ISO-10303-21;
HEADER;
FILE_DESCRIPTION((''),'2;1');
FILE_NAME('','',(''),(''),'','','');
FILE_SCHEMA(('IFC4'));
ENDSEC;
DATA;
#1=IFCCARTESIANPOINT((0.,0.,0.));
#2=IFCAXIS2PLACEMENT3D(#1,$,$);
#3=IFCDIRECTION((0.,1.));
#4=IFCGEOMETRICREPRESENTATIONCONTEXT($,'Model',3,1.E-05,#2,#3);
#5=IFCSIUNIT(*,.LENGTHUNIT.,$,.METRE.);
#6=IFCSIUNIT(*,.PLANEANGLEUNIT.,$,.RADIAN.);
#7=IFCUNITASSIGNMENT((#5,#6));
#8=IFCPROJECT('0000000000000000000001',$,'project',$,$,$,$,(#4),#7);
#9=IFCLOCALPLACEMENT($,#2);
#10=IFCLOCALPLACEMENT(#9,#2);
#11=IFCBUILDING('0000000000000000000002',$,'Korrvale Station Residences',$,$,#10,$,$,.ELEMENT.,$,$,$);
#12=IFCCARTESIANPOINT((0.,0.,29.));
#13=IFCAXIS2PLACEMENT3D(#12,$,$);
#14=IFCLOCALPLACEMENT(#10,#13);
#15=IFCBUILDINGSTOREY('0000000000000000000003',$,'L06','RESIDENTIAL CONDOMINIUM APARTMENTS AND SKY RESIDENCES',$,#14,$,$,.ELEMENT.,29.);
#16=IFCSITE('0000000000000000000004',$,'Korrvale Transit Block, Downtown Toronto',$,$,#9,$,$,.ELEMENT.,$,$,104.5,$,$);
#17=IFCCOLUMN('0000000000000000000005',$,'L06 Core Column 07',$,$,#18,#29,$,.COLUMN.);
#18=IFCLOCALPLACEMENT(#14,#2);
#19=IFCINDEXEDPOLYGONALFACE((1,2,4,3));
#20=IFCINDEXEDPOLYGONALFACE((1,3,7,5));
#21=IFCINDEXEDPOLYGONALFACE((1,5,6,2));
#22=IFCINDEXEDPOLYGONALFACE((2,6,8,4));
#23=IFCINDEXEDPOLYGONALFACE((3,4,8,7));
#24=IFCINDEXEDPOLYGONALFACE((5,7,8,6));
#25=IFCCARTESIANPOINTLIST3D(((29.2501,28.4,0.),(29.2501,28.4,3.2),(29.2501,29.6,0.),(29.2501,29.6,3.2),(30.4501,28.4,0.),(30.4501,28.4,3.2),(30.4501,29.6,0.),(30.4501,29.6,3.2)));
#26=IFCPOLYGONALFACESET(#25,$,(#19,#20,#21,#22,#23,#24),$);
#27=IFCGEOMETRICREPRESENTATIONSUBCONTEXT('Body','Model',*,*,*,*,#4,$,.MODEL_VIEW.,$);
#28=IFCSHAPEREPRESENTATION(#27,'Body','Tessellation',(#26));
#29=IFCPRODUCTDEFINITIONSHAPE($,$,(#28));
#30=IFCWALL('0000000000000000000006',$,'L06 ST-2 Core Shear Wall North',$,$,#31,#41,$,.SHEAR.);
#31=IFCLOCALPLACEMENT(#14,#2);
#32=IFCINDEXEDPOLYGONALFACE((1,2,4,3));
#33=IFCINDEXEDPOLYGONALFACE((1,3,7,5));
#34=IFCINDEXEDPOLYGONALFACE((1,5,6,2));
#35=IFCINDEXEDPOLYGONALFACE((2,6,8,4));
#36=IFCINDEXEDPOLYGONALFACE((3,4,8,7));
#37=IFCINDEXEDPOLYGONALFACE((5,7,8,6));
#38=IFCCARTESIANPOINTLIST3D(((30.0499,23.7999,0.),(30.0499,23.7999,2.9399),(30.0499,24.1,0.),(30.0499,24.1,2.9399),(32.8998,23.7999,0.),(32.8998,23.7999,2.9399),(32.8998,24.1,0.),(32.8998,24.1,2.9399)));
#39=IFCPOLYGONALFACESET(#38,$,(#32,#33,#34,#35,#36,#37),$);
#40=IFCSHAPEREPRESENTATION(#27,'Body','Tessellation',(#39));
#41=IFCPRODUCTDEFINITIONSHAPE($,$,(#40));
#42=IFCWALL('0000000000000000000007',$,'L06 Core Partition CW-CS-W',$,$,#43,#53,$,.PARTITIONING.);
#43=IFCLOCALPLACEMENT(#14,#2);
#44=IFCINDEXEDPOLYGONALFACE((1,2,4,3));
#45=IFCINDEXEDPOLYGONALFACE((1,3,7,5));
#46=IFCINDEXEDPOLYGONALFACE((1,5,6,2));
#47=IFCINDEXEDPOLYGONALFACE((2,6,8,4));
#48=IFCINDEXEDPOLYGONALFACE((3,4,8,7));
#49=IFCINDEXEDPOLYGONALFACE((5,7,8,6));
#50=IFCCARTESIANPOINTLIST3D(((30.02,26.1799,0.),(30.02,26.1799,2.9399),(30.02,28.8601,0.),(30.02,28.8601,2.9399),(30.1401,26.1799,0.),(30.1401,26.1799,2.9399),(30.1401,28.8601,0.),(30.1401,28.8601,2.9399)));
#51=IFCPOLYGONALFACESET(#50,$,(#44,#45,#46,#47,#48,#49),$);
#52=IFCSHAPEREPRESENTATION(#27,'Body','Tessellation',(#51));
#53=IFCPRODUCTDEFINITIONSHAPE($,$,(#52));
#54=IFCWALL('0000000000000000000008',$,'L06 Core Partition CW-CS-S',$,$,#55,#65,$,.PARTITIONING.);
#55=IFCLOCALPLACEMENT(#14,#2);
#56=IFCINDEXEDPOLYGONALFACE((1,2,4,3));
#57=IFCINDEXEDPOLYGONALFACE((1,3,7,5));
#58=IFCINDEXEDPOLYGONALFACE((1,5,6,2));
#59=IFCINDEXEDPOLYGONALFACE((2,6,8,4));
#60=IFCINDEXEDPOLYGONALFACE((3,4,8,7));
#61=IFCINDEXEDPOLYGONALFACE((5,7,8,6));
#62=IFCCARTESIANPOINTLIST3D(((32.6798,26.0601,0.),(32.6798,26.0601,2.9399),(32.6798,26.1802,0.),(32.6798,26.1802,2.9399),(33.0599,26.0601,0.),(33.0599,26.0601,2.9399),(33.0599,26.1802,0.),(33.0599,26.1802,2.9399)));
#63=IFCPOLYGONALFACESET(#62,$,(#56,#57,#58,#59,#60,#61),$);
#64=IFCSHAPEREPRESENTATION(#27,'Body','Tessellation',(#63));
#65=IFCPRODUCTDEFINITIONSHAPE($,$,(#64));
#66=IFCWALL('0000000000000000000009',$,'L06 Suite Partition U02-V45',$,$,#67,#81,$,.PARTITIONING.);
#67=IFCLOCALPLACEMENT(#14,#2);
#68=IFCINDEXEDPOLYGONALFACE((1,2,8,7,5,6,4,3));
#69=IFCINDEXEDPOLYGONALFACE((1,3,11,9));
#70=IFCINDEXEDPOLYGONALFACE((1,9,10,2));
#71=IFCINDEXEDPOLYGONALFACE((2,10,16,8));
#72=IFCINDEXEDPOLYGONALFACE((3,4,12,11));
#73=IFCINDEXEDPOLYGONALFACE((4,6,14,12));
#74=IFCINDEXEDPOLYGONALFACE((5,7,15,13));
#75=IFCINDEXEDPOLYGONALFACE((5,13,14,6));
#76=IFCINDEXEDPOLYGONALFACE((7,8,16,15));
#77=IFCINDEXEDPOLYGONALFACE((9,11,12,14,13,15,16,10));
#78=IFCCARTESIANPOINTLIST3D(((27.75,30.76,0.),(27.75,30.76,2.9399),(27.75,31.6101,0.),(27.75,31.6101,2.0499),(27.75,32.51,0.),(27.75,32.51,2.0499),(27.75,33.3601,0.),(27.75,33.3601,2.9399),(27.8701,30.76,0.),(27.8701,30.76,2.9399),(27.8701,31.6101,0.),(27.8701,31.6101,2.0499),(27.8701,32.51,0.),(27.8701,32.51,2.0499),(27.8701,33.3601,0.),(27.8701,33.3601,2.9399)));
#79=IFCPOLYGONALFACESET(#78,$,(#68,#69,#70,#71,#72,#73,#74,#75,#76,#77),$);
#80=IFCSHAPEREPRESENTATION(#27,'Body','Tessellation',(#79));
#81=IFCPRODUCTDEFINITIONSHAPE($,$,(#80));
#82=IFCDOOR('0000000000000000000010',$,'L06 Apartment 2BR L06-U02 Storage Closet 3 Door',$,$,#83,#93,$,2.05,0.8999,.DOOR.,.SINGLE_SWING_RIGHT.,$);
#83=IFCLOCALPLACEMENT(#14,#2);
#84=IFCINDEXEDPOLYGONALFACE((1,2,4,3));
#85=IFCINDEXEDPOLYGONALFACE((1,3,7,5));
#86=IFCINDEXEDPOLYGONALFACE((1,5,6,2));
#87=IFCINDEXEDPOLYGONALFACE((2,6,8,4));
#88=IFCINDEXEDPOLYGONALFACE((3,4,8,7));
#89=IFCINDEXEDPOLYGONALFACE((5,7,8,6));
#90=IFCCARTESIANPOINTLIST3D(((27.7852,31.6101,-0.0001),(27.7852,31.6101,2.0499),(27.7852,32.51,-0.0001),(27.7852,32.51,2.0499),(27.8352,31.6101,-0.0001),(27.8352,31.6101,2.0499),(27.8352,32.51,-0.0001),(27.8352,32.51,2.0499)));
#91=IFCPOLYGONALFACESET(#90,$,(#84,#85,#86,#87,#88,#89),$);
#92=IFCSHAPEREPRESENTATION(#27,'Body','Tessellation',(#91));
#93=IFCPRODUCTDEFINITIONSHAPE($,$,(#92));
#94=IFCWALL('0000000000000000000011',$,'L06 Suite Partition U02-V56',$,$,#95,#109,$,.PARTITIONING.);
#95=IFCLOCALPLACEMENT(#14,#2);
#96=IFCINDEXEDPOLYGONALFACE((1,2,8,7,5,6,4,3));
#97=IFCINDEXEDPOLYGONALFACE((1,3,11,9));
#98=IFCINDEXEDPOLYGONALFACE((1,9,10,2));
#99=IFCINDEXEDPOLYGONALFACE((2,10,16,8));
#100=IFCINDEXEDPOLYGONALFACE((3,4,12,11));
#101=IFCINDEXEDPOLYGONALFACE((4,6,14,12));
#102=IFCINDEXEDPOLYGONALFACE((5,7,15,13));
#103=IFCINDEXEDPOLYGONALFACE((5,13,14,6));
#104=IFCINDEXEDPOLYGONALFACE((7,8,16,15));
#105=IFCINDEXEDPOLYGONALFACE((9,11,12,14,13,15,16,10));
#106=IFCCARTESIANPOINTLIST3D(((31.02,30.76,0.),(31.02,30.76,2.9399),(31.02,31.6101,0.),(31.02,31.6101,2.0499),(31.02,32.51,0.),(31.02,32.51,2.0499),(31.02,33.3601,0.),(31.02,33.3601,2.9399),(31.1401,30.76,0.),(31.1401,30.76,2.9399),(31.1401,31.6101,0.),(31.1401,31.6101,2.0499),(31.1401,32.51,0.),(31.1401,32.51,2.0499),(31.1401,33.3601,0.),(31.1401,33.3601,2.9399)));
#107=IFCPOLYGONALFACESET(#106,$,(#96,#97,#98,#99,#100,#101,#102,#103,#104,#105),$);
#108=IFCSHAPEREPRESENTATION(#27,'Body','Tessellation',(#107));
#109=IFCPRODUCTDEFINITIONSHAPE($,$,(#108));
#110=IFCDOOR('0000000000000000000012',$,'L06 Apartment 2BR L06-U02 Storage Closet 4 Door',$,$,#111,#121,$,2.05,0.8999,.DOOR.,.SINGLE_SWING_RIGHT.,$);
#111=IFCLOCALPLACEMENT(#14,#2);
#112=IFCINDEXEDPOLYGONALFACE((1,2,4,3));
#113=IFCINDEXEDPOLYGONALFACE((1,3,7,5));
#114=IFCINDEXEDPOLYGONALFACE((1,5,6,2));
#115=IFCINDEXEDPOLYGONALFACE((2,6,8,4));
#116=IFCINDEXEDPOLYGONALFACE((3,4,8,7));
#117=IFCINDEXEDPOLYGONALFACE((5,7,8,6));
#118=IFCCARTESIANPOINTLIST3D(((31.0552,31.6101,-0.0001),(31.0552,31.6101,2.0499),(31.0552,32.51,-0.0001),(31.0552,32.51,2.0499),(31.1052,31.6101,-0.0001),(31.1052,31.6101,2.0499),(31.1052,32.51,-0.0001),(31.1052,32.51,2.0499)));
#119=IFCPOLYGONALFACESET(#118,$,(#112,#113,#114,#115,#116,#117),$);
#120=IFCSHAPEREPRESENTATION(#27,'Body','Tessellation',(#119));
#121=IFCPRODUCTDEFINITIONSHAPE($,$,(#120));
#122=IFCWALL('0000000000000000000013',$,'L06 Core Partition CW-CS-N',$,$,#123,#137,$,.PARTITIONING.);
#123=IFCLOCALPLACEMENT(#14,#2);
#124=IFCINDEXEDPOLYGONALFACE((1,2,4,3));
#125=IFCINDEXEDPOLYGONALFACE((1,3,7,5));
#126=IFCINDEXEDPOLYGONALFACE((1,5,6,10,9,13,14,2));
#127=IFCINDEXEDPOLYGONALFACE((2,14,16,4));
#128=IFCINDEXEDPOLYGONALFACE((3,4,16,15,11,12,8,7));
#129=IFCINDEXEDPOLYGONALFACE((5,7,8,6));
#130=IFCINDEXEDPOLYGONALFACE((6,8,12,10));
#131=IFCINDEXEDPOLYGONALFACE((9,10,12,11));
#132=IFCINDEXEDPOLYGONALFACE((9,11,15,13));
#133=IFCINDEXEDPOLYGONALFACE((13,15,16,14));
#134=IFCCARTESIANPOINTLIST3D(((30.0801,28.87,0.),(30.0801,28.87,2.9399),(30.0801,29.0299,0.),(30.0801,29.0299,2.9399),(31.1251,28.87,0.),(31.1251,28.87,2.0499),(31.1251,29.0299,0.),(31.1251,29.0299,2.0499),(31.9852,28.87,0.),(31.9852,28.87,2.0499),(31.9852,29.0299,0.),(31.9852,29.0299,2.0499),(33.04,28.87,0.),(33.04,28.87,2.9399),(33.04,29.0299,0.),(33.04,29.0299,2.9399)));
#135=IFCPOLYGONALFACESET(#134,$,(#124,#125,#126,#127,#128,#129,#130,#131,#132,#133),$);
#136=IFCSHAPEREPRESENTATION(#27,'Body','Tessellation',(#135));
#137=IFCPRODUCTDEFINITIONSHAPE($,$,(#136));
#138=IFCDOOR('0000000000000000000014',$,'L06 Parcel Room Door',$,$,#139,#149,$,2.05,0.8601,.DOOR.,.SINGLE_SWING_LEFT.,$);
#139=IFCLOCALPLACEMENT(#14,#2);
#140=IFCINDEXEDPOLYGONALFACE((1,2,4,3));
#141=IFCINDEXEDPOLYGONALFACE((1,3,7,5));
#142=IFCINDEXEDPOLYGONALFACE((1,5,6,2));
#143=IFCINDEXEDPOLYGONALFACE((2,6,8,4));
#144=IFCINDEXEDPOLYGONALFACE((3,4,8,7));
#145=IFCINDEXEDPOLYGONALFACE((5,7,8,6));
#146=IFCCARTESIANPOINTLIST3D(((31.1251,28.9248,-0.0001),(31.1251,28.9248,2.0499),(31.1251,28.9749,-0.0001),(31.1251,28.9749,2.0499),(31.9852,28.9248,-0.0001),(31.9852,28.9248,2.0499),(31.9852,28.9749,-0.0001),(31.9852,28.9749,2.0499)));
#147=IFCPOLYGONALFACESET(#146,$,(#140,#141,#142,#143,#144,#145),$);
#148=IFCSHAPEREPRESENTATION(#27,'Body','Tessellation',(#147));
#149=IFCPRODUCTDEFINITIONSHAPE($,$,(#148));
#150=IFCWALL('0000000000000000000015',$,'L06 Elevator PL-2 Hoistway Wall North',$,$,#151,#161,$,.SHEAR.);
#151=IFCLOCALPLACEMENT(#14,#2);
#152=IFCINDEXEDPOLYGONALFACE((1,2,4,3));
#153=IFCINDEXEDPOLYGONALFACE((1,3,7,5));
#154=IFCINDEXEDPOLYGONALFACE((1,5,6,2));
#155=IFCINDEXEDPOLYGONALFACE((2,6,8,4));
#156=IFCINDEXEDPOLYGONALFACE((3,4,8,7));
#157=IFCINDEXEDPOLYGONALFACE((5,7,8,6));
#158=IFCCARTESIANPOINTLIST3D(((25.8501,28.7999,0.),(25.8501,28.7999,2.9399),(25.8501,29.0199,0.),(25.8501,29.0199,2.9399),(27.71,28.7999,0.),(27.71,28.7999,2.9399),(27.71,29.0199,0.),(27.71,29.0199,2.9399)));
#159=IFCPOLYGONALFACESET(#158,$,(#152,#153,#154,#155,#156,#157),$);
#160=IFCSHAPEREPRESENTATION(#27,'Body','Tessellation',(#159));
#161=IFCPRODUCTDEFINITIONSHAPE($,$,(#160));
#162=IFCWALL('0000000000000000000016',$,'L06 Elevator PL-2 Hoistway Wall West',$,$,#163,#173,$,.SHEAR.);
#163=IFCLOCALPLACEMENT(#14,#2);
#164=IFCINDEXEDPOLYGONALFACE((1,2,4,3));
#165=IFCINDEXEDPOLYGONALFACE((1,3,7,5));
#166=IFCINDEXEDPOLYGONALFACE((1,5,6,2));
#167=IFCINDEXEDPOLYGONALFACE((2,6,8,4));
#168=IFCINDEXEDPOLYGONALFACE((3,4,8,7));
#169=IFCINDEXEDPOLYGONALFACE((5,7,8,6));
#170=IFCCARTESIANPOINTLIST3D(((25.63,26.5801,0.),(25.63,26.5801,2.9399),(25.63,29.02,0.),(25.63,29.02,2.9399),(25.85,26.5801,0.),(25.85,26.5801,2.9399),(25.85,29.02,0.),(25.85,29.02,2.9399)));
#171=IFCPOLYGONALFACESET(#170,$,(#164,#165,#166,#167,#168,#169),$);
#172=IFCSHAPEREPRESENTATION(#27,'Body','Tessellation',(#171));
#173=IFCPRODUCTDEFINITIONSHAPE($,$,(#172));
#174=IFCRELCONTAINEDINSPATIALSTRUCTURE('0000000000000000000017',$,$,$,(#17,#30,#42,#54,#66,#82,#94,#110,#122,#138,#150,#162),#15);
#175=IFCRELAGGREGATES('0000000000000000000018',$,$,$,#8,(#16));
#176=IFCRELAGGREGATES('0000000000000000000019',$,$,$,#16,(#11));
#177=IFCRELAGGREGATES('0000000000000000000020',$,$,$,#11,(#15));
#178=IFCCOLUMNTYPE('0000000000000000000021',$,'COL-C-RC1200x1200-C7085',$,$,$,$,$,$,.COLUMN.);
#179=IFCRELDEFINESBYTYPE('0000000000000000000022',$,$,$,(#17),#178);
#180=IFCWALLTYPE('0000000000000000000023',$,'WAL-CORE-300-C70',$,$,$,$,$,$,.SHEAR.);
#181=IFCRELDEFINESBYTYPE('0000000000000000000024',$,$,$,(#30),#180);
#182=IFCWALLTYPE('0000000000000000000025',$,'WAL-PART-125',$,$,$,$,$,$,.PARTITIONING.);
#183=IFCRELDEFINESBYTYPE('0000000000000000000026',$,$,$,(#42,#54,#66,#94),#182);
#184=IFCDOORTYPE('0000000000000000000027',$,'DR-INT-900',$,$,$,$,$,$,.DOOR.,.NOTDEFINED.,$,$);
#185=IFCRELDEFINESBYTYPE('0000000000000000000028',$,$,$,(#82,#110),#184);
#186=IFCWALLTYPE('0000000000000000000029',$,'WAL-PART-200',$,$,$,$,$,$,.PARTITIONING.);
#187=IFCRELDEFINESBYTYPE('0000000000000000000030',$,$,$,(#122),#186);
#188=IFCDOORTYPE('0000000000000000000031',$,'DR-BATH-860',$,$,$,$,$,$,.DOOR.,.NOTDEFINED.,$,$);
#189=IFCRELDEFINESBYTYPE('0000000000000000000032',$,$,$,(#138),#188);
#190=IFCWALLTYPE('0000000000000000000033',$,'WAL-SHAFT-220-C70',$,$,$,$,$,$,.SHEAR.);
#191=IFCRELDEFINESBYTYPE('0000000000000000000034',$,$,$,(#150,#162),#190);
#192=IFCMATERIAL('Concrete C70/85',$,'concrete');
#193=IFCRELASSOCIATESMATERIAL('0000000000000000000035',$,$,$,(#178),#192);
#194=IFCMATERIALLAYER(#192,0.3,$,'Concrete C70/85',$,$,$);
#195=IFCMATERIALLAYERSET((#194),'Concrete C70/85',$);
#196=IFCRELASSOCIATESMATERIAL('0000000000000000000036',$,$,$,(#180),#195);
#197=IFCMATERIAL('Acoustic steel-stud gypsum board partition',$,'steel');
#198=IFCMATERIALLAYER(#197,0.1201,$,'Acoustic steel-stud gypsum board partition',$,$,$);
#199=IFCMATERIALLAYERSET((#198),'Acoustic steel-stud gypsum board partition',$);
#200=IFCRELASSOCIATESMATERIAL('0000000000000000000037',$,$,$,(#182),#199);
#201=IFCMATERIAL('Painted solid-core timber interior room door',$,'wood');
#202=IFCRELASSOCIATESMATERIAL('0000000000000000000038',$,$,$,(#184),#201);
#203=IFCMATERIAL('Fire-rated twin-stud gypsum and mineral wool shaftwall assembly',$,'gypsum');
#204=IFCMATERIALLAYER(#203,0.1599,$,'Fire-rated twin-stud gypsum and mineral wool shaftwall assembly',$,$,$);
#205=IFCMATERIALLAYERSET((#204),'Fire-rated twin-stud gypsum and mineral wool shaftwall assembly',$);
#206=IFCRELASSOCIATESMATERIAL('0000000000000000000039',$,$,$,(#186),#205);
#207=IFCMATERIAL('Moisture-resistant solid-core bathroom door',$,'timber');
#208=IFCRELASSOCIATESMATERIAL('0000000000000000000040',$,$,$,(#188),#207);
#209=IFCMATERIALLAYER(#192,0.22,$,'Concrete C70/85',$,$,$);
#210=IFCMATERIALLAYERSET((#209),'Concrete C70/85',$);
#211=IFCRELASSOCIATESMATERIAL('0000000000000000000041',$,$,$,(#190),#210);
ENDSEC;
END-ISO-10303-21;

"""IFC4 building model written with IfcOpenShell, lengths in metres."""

from ifc_helpers import new_model, si_unit, direction, frame, frame_2d, origin, origin_2d, place, context, subcontext, project, spatial, rectangle, extrude, material, layer, layer_set, material_profile, profile_set, type_object, element, fill, save


model = new_model("IFC4")

# Units and contexts
model_context = context("Model", 3, precision=1e-05, world=origin(), true_north=direction((0.0, 1.0)))
body_context = subcontext(model_context, "Body", "Model", "MODEL_VIEW")
ifc_project = project(units=[si_unit("LENGTHUNIT", "METRE"), si_unit("PLANEANGLEUNIT", "RADIAN")], contexts=[model_context])

# Site, building, storey
site_placement = place(None, origin())
site = spatial("IfcSite", under=ifc_project, at=site_placement, Name="Korrvale Transit Block, Downtown Toronto", CompositionType="ELEMENT", RefElevation=104.5)
building_placement = place(site_placement, origin())
building = spatial("IfcBuilding", under=site, at=building_placement, Name="Korrvale Station Residences", CompositionType="ELEMENT")
storey_placement = place(building_placement, frame((0.0, 0.0, 29.0)))
storey = spatial("IfcBuildingStorey", under=building, at=storey_placement, Name="L06", Description="RESIDENTIAL CONDOMINIUM APARTMENTS AND SKY RESIDENCES", CompositionType="ELEMENT", Elevation=29.0)

# Column
ifc_material_1 = material(Name="Concrete C70/85", Category="concrete")
ifc_material_profile = material_profile(ifc_material_1, rectangle(XDim=1.2, YDim=1.2, at=origin_2d()), Name="RC1200x1200")
ifc_profile_set = profile_set([ifc_material_profile], Name="Concrete C70/85")
column_type = type_object("IfcColumnType", Name="COL-C-RC1200x1200-C7085", PredefinedType="COLUMN", material=ifc_profile_set)
column_placement = place(storey_placement, frame((29.8501, 29.0, 0.0), z_axis=(0.0, 0.0, 1.0), x_axis=(1.0, 0.0, 0.0)))
element("IfcColumn", 1, at=column_placement, inside=storey, type_object=column_type, Name="L06 Core Column 07", PredefinedType="COLUMN", context=body_context, shape_type="SweptSolid", body=[
    extrude(rectangle(XDim=1.2, YDim=1.2, at=origin_2d()), origin(), (0.0, 0.0, 1.0), 3.2),
])

# Walls
ifc_layer_1 = layer(ifc_material_1, 0.3, Name="Concrete C70/85")
ifc_layer_set_1 = layer_set([ifc_layer_1], Name="Concrete C70/85")
wall_type_1 = type_object("IfcWallType", Name="WAL-CORE-300-C70", PredefinedType="SHEAR", material=ifc_layer_set_1)
wall_1_placement = place(storey_placement, frame((30.05, 23.95, 0.0), z_axis=(0.0, 0.0, 1.0), x_axis=(1.0, 0.0, 0.0)))
element("IfcWall", 2, at=wall_1_placement, inside=storey, type_object=wall_type_1, Name="L06 ST-2 Core Shear Wall North", PredefinedType="SHEAR", context=body_context, shape_type="SweptSolid", body=[
    extrude(rectangle(XDim=2.8499, YDim=0.3, at=frame_2d((1.4248, 0.0))), origin(), (0.0, 0.0, 1.0), 2.9399),
])
ifc_material_2 = material(Name="Acoustic steel-stud gypsum board partition", Category="steel")
ifc_layer_2 = layer(ifc_material_2, 0.1201, Name="Acoustic steel-stud gypsum board partition")
ifc_layer_set_2 = layer_set([ifc_layer_2], Name="Acoustic steel-stud gypsum board partition")
wall_type_2 = type_object("IfcWallType", Name="WAL-PART-125", PredefinedType="PARTITIONING", material=ifc_layer_set_2)
wall_2_placement = place(storey_placement, frame((30.0801, 26.1799, 0.0), z_axis=(0.0, 0.0, 1.0), x_axis=(0.0, 1.0, 0.0)))
element("IfcWall", 3, at=wall_2_placement, inside=storey, type_object=wall_type_2, Name="L06 Core Partition CW-CS-W", PredefinedType="PARTITIONING", context=body_context, shape_type="SweptSolid", body=[
    extrude(rectangle(XDim=2.6802, YDim=0.1201, at=frame_2d((1.3401, 0.0))), origin(), (0.0, 0.0, 1.0), 2.9399),
])
wall_3_placement = place(storey_placement, frame((32.6799, 26.1201, 0.0), z_axis=(0.0, 0.0, 1.0), x_axis=(1.0, 0.0, 0.0)))
element("IfcWall", 4, at=wall_3_placement, inside=storey, type_object=wall_type_2, Name="L06 Core Partition CW-CS-S", PredefinedType="PARTITIONING", context=body_context, shape_type="SweptSolid", body=[
    extrude(rectangle(XDim=0.3801, YDim=0.1201, at=frame_2d((0.1899, 0.0))), origin(), (0.0, 0.0, 1.0), 2.9399),
])

# Walls, openings, doors
wall_4_placement = place(storey_placement, frame((27.8101, 30.76, 0.0), z_axis=(0.0, 0.0, 1.0), x_axis=(0.0, 1.0, 0.0)))
wall_4 = element("IfcWall", 5, at=wall_4_placement, inside=storey, type_object=wall_type_2, Name="L06 Suite Partition U02-V45", PredefinedType="PARTITIONING", context=body_context, shape_type="SweptSolid", body=[
    extrude(rectangle(XDim=2.6001, YDim=0.1201, at=frame_2d((1.3, 0.0))), origin(), (0.0, 0.0, 1.0), 2.9399),
])
opening_1_placement = place(wall_4_placement, frame((0.8501, 0.0, 0.0)))
opening_1 = element("IfcOpeningElement", 6, at=opening_1_placement, cuts=wall_4, PredefinedType="OPENING", context=body_context, shape_type="SweptSolid", body=[
    extrude(rectangle(XDim=0.8999, YDim=2.05, at=frame_2d((0.45, 1.0249))), frame((0.0, 0.0701, 0.0), z_axis=(0.0, -1.0, 0.0), x_axis=(1.0, 0.0, 0.0)), (0.0, 0.0, 1.0), 0.1401),
])
ifc_material_3 = material(Name="Painted solid-core timber interior room door", Category="wood")
door_type_1 = type_object("IfcDoorType", Name="DR-INT-900", OperationType="NOTDEFINED", PredefinedType="DOOR", material=ifc_material_3)
door_1_placement = place(opening_1_placement, origin())
door_1 = element("IfcDoor", 7, at=door_1_placement, inside=storey, type_object=door_type_1, Name="L06 Apartment 2BR L06-U02 Storage Closet 3 Door", OperationType="SINGLE_SWING_RIGHT", OverallHeight=2.05, OverallWidth=0.8999, PredefinedType="DOOR", context=body_context, shape_type="SweptSolid", body=[
    extrude(rectangle(XDim=0.8999, YDim=2.05, at=frame_2d((0.45, 1.0249))), frame((0.0, 0.0249, 0.0), z_axis=(0.0, -1.0, 0.0), x_axis=(1.0, 0.0, 0.0)), (0.0, 0.0, 1.0), 0.05),
])
fill(opening_1, door_1)
wall_5_placement = place(storey_placement, frame((31.0801, 30.76, 0.0), z_axis=(0.0, 0.0, 1.0), x_axis=(0.0, 1.0, 0.0)))
wall_5 = element("IfcWall", 8, at=wall_5_placement, inside=storey, type_object=wall_type_2, Name="L06 Suite Partition U02-V56", PredefinedType="PARTITIONING", context=body_context, shape_type="SweptSolid", body=[
    extrude(rectangle(XDim=2.6001, YDim=0.1201, at=frame_2d((1.3, 0.0))), origin(), (0.0, 0.0, 1.0), 2.9399),
])
opening_2_placement = place(wall_5_placement, frame((0.8501, 0.0, 0.0)))
opening_2 = element("IfcOpeningElement", 9, at=opening_2_placement, cuts=wall_5, PredefinedType="OPENING", context=body_context, shape_type="SweptSolid", body=[
    extrude(rectangle(XDim=0.8999, YDim=2.05, at=frame_2d((0.45, 1.0249))), frame((0.0, 0.0701, 0.0), z_axis=(0.0, -1.0, 0.0), x_axis=(1.0, 0.0, 0.0)), (0.0, 0.0, 1.0), 0.1401),
])
door_2_placement = place(opening_2_placement, origin())
door_2 = element("IfcDoor", 10, at=door_2_placement, inside=storey, type_object=door_type_1, Name="L06 Apartment 2BR L06-U02 Storage Closet 4 Door", OperationType="SINGLE_SWING_RIGHT", OverallHeight=2.05, OverallWidth=0.8999, PredefinedType="DOOR", context=body_context, shape_type="SweptSolid", body=[
    extrude(rectangle(XDim=0.8999, YDim=2.05, at=frame_2d((0.45, 1.0249))), frame((0.0, 0.0249, 0.0), z_axis=(0.0, -1.0, 0.0), x_axis=(1.0, 0.0, 0.0)), (0.0, 0.0, 1.0), 0.05),
])
fill(opening_2, door_2)
ifc_material_4 = material(Name="Fire-rated twin-stud gypsum and mineral wool shaftwall assembly", Category="gypsum")
ifc_layer_3 = layer(ifc_material_4, 0.1599, Name="Fire-rated twin-stud gypsum and mineral wool shaftwall assembly")
ifc_layer_set_3 = layer_set([ifc_layer_3], Name="Fire-rated twin-stud gypsum and mineral wool shaftwall assembly")
wall_type_3 = type_object("IfcWallType", Name="WAL-PART-200", PredefinedType="PARTITIONING", material=ifc_layer_set_3)
wall_6_placement = place(storey_placement, frame((30.0801, 28.95, 0.0), z_axis=(0.0, 0.0, 1.0), x_axis=(1.0, 0.0, 0.0)))
wall_6 = element("IfcWall", 11, at=wall_6_placement, inside=storey, type_object=wall_type_3, Name="L06 Core Partition CW-CS-N", PredefinedType="PARTITIONING", context=body_context, shape_type="SweptSolid", body=[
    extrude(rectangle(XDim=2.96, YDim=0.1599, at=frame_2d((1.48, 0.0))), origin(), (0.0, 0.0, 1.0), 2.9399),
])
opening_3_placement = place(wall_6_placement, frame((1.0449, 0.0, 0.0)))
opening_3 = element("IfcOpeningElement", 12, at=opening_3_placement, cuts=wall_6, PredefinedType="OPENING", context=body_context, shape_type="SweptSolid", body=[
    extrude(rectangle(XDim=0.8601, YDim=2.05, at=frame_2d((0.4302, 1.0249))), frame((0.0, 0.0898, 0.0), z_axis=(0.0, -1.0, 0.0), x_axis=(1.0, 0.0, 0.0)), (0.0, 0.0, 1.0), 0.1799),
])
ifc_material_5 = material(Name="Moisture-resistant solid-core bathroom door", Category="timber")
door_type_2 = type_object("IfcDoorType", Name="DR-BATH-860", OperationType="NOTDEFINED", PredefinedType="DOOR", material=ifc_material_5)
door_3_placement = place(opening_3_placement, origin())
door_3 = element("IfcDoor", 13, at=door_3_placement, inside=storey, type_object=door_type_2, Name="L06 Parcel Room Door", OperationType="SINGLE_SWING_LEFT", OverallHeight=2.05, OverallWidth=0.8601, PredefinedType="DOOR", context=body_context, shape_type="SweptSolid", body=[
    extrude(rectangle(XDim=0.8601, YDim=2.05, at=frame_2d((0.4302, 1.0249))), frame((0.0, 0.0249, 0.0), z_axis=(0.0, -1.0, 0.0), x_axis=(1.0, 0.0, 0.0)), (0.0, 0.0, 1.0), 0.05),
])
fill(opening_3, door_3)
ifc_layer_4 = layer(ifc_material_1, 0.22, Name="Concrete C70/85")
ifc_layer_set_4 = layer_set([ifc_layer_4], Name="Concrete C70/85")
wall_type_4 = type_object("IfcWallType", Name="WAL-SHAFT-220-C70", PredefinedType="SHEAR", material=ifc_layer_set_4)

# Walls
wall_7_placement = place(storey_placement, frame((25.8501, 28.9099, 0.0), z_axis=(0.0, 0.0, 1.0), x_axis=(1.0, 0.0, 0.0)))
element("IfcWall", 14, at=wall_7_placement, inside=storey, type_object=wall_type_4, Name="L06 Elevator PL-2 Hoistway Wall North", PredefinedType="SHEAR", context=body_context, shape_type="SweptSolid", body=[
    extrude(rectangle(XDim=1.8599, YDim=0.22, at=frame_2d((0.9299, 0.0))), origin(), (0.0, 0.0, 1.0), 2.9399),
])
for number, where, z_axis, x_axis, name in (
    (15, (25.74, 26.5801, 0.0), (0.0, 0.0, 1.0), (0.0, 1.0, 0.0), "L06 Elevator PL-2 Hoistway Wall West"),
):
    element("IfcWall", number, at=place(storey_placement, frame(where, z_axis=z_axis, x_axis=x_axis)), inside=storey, type_object=wall_type_4, Name=name, PredefinedType="SHEAR", context=body_context, shape_type="SweptSolid", body=[
        extrude(rectangle(XDim=2.4399, YDim=0.22, at=frame_2d((1.22, 0.0))), origin(), (0.0, 0.0, 1.0), 2.9399),
    ])

save(model, "model.ifc")
